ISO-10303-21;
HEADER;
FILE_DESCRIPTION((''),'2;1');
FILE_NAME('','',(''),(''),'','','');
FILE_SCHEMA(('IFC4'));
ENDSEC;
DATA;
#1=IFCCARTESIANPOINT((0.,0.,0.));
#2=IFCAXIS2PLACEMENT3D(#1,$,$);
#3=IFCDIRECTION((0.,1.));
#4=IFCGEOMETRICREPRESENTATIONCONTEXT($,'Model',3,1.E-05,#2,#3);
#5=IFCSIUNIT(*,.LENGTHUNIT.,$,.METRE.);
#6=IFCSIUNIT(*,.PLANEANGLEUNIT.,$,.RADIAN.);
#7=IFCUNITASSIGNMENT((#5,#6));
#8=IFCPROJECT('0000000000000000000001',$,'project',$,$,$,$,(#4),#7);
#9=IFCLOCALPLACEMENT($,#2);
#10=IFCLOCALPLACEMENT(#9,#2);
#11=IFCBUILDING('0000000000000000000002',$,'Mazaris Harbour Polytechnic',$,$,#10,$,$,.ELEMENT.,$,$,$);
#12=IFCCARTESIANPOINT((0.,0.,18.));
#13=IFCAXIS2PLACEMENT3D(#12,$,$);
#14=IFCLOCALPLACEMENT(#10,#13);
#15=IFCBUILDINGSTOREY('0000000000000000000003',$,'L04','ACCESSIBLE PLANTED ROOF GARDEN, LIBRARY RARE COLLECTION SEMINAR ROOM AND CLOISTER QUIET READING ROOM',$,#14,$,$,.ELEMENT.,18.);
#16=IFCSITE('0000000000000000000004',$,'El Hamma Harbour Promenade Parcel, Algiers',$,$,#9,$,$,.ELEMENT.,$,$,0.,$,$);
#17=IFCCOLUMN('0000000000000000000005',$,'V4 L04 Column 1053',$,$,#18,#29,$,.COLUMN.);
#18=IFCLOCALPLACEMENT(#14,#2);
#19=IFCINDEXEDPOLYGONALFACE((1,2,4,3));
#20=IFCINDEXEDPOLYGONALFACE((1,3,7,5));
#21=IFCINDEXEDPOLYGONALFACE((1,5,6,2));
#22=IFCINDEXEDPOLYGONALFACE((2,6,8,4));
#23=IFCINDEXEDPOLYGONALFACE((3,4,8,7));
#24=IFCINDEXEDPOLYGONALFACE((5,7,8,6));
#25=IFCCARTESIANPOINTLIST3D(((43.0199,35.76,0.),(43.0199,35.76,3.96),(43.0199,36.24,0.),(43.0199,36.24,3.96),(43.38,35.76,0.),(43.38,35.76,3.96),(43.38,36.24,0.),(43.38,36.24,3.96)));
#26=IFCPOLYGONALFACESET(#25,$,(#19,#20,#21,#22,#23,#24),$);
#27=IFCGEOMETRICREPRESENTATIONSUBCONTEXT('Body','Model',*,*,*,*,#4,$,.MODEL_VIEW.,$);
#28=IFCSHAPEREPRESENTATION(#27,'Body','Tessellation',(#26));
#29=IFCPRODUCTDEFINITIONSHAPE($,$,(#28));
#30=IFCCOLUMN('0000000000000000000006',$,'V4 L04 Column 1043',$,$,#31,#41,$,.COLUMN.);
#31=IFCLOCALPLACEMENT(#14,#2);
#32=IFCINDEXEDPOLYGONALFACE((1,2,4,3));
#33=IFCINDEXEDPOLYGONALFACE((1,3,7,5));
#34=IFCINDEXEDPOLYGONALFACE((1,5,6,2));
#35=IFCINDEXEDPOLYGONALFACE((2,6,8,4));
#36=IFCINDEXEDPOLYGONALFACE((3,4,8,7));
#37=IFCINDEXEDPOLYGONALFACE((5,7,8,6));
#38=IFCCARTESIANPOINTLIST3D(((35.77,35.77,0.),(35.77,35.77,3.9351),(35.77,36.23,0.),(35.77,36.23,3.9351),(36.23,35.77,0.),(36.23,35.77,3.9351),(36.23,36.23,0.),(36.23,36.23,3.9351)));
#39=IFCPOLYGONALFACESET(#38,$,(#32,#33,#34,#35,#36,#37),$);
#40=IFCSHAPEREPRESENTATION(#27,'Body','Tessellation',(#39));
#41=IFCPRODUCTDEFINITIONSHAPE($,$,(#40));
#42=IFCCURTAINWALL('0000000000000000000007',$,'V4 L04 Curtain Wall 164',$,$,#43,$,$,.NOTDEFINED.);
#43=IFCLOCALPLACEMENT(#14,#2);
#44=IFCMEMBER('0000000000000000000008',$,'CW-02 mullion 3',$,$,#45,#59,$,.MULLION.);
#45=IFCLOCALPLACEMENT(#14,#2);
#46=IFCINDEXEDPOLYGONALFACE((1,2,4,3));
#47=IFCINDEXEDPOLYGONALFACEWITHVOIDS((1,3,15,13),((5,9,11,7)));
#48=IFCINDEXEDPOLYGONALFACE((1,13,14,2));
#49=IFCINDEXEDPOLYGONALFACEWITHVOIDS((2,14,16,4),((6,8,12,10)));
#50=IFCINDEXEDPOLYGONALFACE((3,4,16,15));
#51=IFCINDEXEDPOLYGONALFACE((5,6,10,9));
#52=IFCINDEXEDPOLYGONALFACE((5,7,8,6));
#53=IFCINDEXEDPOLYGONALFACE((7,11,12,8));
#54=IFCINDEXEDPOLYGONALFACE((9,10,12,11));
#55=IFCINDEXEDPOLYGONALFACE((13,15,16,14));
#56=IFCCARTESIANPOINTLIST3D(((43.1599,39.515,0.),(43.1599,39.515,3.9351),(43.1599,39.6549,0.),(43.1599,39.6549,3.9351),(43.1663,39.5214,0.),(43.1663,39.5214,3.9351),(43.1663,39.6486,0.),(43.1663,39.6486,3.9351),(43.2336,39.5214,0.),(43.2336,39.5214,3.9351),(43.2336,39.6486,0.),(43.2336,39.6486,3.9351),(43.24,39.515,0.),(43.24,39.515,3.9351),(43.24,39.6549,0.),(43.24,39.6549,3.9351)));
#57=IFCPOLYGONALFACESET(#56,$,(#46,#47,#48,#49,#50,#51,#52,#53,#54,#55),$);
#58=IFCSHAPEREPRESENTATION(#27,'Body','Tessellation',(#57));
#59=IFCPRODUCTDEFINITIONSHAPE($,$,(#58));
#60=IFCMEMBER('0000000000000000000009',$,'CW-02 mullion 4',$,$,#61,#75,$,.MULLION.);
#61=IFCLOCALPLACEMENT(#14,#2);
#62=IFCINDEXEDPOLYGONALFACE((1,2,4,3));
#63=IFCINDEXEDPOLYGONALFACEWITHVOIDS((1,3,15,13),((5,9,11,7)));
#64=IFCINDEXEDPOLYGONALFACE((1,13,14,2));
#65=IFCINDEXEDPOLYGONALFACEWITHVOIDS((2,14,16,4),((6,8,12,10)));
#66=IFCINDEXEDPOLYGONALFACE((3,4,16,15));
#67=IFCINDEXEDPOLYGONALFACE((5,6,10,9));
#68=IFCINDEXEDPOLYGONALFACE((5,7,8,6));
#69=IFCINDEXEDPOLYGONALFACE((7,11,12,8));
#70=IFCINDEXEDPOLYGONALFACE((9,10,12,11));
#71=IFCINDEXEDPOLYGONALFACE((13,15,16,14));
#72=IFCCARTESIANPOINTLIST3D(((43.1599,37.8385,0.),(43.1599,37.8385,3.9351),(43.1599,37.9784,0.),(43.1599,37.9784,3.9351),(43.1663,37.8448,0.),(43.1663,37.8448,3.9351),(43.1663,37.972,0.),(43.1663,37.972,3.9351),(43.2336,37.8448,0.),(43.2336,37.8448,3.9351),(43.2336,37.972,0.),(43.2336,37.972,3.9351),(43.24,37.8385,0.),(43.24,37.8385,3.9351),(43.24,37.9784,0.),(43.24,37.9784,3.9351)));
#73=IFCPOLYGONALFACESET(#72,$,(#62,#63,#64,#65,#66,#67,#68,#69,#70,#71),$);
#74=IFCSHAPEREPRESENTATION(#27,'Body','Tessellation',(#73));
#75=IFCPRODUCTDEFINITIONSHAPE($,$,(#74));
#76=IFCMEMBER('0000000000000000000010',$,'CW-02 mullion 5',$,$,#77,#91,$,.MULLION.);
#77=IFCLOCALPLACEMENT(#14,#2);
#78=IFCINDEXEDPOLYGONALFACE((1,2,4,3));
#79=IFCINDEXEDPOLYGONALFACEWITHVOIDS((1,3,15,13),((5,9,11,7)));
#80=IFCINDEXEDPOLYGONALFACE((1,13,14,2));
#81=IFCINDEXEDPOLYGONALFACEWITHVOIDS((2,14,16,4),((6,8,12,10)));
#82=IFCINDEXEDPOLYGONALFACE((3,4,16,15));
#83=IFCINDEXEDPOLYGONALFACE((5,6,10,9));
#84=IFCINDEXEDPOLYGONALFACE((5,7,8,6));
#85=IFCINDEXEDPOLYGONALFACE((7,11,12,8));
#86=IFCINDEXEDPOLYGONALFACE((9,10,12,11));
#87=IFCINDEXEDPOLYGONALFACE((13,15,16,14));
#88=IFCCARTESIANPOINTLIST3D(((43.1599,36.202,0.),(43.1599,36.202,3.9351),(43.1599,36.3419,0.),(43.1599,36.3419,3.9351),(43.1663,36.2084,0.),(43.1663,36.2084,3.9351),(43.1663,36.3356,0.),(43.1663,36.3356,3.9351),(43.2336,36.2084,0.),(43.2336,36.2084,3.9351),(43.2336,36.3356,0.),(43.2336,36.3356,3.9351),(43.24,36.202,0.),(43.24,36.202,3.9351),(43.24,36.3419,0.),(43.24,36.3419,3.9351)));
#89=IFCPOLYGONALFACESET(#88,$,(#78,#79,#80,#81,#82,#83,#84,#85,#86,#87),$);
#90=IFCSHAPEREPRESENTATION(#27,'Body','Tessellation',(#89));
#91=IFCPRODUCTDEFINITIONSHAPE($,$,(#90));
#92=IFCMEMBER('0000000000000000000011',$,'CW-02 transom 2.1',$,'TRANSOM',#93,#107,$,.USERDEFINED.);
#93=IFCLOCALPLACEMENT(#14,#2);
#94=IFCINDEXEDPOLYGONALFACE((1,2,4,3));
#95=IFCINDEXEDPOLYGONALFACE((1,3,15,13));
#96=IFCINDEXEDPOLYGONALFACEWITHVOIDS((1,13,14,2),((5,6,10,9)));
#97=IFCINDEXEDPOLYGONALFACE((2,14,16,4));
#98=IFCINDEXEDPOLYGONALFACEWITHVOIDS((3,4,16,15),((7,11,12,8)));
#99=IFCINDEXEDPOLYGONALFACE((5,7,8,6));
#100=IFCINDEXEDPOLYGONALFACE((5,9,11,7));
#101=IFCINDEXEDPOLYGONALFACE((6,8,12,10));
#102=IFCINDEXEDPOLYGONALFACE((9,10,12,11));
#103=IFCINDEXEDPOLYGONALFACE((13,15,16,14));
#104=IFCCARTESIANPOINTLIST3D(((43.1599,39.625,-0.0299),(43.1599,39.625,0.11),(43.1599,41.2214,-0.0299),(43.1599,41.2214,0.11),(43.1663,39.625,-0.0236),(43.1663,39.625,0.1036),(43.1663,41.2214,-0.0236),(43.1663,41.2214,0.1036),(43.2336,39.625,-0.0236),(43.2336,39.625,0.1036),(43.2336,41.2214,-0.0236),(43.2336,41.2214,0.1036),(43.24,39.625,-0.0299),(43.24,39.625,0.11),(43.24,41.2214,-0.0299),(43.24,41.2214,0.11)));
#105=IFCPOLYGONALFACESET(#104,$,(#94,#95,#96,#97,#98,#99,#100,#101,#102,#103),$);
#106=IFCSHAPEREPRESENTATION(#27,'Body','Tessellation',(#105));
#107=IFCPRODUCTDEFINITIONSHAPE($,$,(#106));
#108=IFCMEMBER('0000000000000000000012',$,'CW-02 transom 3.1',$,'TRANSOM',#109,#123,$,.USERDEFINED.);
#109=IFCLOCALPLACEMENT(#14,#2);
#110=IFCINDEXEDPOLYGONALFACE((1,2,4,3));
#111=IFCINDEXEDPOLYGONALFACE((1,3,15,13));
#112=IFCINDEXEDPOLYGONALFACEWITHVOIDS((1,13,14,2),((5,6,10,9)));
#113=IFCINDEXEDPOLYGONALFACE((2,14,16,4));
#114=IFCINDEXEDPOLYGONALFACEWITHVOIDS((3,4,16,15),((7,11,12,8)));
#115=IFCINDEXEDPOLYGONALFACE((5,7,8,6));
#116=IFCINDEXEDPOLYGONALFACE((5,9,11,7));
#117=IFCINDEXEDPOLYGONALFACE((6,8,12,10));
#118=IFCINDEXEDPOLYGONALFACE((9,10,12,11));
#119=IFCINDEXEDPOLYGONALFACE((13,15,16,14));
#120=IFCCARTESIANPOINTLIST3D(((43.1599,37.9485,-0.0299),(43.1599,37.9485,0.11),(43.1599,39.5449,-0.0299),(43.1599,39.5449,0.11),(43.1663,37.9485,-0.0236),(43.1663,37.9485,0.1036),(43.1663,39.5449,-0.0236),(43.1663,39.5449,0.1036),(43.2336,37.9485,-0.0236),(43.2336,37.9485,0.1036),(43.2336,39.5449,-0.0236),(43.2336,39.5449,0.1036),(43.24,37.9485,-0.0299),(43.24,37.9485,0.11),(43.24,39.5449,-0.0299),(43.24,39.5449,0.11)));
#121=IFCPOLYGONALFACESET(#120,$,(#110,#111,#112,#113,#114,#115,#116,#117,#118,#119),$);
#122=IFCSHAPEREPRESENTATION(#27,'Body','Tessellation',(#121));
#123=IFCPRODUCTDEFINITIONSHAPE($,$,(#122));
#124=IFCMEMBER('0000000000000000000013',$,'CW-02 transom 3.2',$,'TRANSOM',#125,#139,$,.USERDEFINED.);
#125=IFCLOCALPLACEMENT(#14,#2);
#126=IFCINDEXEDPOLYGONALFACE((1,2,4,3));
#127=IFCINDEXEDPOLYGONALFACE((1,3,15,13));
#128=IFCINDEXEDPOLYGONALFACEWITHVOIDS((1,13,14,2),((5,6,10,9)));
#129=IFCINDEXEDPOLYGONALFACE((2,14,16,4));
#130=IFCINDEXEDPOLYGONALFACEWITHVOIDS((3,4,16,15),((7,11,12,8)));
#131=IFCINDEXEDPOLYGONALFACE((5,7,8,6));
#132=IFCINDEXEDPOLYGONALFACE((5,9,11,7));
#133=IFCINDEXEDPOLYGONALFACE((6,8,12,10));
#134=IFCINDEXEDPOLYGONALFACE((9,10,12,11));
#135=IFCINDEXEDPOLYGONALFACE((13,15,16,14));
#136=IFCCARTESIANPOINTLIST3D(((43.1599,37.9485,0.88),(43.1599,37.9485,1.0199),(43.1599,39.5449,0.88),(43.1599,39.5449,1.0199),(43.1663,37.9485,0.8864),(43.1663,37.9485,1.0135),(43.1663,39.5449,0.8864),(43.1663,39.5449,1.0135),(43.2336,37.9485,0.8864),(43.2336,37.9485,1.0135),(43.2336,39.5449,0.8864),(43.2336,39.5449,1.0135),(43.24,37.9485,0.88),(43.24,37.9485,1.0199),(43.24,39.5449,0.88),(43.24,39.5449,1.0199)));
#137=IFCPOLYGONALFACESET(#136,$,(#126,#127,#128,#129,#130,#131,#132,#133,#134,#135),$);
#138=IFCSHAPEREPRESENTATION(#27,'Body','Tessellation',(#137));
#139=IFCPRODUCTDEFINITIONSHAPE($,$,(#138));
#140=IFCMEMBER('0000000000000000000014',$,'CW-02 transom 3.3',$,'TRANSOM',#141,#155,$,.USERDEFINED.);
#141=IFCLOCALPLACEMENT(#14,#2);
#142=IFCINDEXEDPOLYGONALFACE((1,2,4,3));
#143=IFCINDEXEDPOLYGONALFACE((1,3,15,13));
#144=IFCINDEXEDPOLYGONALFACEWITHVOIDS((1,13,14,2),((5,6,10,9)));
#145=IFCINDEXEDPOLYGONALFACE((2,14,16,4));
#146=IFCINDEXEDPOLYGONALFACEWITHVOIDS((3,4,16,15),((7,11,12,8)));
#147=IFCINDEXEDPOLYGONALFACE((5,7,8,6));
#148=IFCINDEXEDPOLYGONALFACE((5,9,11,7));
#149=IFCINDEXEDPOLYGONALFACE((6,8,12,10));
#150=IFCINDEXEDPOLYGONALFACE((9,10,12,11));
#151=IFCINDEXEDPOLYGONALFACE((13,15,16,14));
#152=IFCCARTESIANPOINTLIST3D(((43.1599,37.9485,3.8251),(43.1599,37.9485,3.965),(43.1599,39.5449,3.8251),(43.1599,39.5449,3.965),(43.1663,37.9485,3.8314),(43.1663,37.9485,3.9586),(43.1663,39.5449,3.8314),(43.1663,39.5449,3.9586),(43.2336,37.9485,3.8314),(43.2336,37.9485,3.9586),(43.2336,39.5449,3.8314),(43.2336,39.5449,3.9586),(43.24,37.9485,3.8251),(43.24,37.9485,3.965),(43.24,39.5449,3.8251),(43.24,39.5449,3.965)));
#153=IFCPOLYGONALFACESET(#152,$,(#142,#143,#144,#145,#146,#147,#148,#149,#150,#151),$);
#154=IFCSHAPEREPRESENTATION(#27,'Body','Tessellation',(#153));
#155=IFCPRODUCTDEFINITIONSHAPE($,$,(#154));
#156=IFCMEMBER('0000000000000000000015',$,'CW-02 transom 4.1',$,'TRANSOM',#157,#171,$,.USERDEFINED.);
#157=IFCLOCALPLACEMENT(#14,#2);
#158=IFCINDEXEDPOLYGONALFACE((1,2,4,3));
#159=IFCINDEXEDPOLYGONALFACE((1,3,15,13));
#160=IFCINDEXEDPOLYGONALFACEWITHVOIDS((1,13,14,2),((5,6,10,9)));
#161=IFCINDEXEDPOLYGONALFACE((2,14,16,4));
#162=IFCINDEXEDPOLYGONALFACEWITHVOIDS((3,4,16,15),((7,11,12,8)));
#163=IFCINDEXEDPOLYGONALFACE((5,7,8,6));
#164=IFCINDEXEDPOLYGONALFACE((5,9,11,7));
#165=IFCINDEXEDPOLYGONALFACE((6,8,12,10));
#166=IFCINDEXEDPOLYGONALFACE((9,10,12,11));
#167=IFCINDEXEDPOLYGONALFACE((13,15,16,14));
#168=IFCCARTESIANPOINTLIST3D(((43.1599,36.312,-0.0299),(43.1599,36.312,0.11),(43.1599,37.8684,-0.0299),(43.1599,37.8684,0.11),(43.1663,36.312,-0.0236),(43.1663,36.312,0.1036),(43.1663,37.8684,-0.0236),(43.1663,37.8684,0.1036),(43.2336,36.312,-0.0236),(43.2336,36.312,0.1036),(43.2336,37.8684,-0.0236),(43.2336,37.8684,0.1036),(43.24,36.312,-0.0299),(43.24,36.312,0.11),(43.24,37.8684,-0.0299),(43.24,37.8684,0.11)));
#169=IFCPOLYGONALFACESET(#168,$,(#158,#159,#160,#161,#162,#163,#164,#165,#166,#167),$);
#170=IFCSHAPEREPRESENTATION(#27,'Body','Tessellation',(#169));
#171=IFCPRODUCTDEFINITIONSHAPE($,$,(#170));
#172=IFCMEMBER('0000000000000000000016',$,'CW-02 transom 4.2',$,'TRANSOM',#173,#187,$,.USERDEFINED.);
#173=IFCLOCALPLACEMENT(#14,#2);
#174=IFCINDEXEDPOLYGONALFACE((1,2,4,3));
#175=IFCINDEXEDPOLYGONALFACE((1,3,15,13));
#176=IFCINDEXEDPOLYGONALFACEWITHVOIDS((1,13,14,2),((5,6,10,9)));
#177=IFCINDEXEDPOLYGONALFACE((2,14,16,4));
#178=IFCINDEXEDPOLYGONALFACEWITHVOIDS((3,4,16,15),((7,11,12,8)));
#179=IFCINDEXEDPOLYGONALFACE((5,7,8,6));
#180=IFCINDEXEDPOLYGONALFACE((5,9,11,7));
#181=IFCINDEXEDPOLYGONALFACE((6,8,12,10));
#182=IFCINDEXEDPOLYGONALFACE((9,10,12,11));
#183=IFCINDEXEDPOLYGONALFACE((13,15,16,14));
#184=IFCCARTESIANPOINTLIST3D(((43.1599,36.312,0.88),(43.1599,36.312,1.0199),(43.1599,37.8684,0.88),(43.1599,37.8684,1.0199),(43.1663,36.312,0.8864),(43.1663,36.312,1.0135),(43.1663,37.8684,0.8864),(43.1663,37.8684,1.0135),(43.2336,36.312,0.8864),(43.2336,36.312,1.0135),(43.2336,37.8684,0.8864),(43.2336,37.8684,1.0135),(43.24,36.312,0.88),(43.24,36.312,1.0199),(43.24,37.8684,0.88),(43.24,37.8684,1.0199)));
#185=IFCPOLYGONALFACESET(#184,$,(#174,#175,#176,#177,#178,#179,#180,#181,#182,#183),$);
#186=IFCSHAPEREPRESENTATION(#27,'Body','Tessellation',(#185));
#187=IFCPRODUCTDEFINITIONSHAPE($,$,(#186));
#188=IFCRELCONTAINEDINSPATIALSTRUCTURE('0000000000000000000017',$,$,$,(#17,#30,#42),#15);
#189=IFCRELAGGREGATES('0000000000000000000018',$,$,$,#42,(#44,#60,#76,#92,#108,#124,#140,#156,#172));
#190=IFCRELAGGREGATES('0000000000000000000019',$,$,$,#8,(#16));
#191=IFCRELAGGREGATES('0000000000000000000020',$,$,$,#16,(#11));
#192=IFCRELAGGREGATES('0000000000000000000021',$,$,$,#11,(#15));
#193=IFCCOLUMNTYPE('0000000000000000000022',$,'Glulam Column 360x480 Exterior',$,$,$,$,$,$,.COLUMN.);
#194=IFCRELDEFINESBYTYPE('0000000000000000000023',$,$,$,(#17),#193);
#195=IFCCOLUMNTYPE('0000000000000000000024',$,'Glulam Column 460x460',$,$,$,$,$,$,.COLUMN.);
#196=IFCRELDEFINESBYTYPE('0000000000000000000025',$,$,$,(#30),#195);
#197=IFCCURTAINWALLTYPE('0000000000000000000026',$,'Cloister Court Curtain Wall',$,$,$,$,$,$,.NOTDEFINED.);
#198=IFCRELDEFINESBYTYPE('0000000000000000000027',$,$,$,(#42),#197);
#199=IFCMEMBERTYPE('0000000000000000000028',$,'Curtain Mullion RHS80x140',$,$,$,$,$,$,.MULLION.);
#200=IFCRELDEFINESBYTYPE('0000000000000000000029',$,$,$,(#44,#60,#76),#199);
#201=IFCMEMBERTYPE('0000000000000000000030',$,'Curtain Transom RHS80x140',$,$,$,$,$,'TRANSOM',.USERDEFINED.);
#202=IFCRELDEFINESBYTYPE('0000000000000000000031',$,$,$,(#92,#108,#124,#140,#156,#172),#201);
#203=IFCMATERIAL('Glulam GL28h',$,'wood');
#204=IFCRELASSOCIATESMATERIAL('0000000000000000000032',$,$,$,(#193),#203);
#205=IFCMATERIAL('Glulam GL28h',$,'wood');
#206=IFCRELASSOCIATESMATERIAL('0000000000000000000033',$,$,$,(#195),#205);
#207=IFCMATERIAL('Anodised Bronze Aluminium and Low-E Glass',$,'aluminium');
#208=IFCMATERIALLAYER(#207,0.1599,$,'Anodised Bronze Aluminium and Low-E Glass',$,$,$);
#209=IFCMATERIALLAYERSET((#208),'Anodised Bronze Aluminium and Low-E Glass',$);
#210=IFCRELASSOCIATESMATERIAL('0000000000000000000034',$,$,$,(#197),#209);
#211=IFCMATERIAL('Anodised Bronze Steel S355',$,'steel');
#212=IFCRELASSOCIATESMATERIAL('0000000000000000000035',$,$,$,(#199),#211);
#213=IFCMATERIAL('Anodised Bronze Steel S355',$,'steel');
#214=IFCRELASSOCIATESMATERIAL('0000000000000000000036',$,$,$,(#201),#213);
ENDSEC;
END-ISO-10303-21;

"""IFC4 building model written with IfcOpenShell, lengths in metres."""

from ifc_helpers import new_model, si_unit, direction, frame, origin, origin_2d, place, context, subcontext, project, spatial, rectangle, hollow_rectangle, extrude, material, layer, layer_set, material_profile, profile_set, type_object, element, aggregate, save


model = new_model("IFC4")

# Units and contexts
model_context = context("Model", 3, precision=1e-05, world=origin(), true_north=direction((0.0, 1.0)))
body_context = subcontext(model_context, "Body", "Model", "MODEL_VIEW")
ifc_project = project(units=[si_unit("LENGTHUNIT", "METRE"), si_unit("PLANEANGLEUNIT", "RADIAN")], contexts=[model_context])

# Site, building, storey
site_placement = place(None, origin())
site = spatial("IfcSite", under=ifc_project, at=site_placement, Name="El Hamma Harbour Promenade Parcel, Algiers", CompositionType="ELEMENT", RefElevation=0.0)
building_placement = place(site_placement, origin())
building = spatial("IfcBuilding", under=site, at=building_placement, Name="Mazaris Harbour Polytechnic", CompositionType="ELEMENT")
storey_placement = place(building_placement, frame((0.0, 0.0, 18.0)))
storey = spatial("IfcBuildingStorey", under=building, at=storey_placement, Name="L04", Description="ACCESSIBLE PLANTED ROOF GARDEN, LIBRARY RARE COLLECTION SEMINAR ROOM AND CLOISTER QUIET READING ROOM", CompositionType="ELEMENT", Elevation=18.0)

# Columns
ifc_material_1 = material(Name="Glulam GL28h", Category="wood")
ifc_material_profile_1 = material_profile(ifc_material_1, rectangle(XDim=0.3601, YDim=0.48, at=origin_2d()), Name="RECT360x480")
ifc_profile_set_1 = profile_set([ifc_material_profile_1], Name="Glulam GL28h")
column_type_1 = type_object("IfcColumnType", Name="Glulam Column 360x480 Exterior", PredefinedType="COLUMN", material=ifc_profile_set_1)
column_1_placement = place(storey_placement, frame((43.2, 36.0, 0.0), z_axis=(0.0, 0.0, 1.0), x_axis=(1.0, 0.0, 0.0)))
element("IfcColumn", 1, at=column_1_placement, inside=storey, type_object=column_type_1, Name="V4 L04 Column 1053", PredefinedType="COLUMN", context=body_context, shape_type="SweptSolid", body=[
    extrude(rectangle(XDim=0.3601, YDim=0.48, at=origin_2d()), origin(), (0.0, 0.0, 1.0), 3.96),
])
ifc_material_2 = material(Name="Glulam GL28h", Category="wood")
ifc_material_profile_2 = material_profile(ifc_material_2, rectangle(XDim=0.46, YDim=0.46, at=origin_2d()), Name="RECT460x460")
ifc_profile_set_2 = profile_set([ifc_material_profile_2], Name="Glulam GL28h")
column_type_2 = type_object("IfcColumnType", Name="Glulam Column 460x460", PredefinedType="COLUMN", material=ifc_profile_set_2)
column_2_placement = place(storey_placement, frame((36.0, 36.0, 0.0), z_axis=(0.0, 0.0, 1.0), x_axis=(1.0, 0.0, 0.0)))
element("IfcColumn", 2, at=column_2_placement, inside=storey, type_object=column_type_2, Name="V4 L04 Column 1043", PredefinedType="COLUMN", context=body_context, shape_type="SweptSolid", body=[
    extrude(rectangle(XDim=0.46, YDim=0.46, at=origin_2d()), origin(), (0.0, 0.0, 1.0), 3.9351),
])

# Curtain wall, members
ifc_material_3 = material(Name="Anodised Bronze Aluminium and Low-E Glass", Category="aluminium")
ifc_layer_1 = layer(ifc_material_3, 0.1599, Name="Anodised Bronze Aluminium and Low-E Glass")
ifc_layer_set_1 = layer_set([ifc_layer_1], Name="Anodised Bronze Aluminium and Low-E Glass")
curtain_wall_type = type_object("IfcCurtainWallType", Name="Cloister Court Curtain Wall", PredefinedType="NOTDEFINED", material=ifc_layer_set_1)
curtain_wall_placement = place(storey_placement, origin())
curtain_wall = element("IfcCurtainWall", 3, at=curtain_wall_placement, inside=storey, type_object=curtain_wall_type, Name="V4 L04 Curtain Wall 164", PredefinedType="NOTDEFINED")
ifc_material_4 = material(Name="Anodised Bronze Steel S355", Category="steel")
ifc_material_profile_3 = material_profile(ifc_material_4, hollow_rectangle(XDim=0.0801, YDim=0.1399, WallThickness=0.0063, at=origin_2d()), Name="RHS 80x140x6.3")
ifc_profile_set_3 = profile_set([ifc_material_profile_3], Name="Anodised Bronze Steel S355")
member_type_1 = type_object("IfcMemberType", Name="Curtain Mullion RHS80x140", PredefinedType="MULLION", material=ifc_profile_set_3)
member_1_placement = place(storey_placement, frame((43.2, 39.585, 0.0), z_axis=(0.0, 0.0, 1.0), x_axis=(1.0, 0.0, 0.0)))
member_1 = element("IfcMember", 4, at=member_1_placement, type_object=member_type_1, Name="CW-02 mullion 3", PredefinedType="MULLION", context=body_context, shape_type="SweptSolid", body=[
    extrude(hollow_rectangle(XDim=0.0801, YDim=0.1399, WallThickness=0.0063, at=origin_2d()), origin(), (0.0, 0.0, 1.0), 3.9351),
])
member_2_placement = place(storey_placement, frame((43.2, 37.9084, 0.0), z_axis=(0.0, 0.0, 1.0), x_axis=(1.0, 0.0, 0.0)))
member_2 = element("IfcMember", 5, at=member_2_placement, type_object=member_type_1, Name="CW-02 mullion 4", PredefinedType="MULLION", context=body_context, shape_type="SweptSolid", body=[
    extrude(hollow_rectangle(XDim=0.0801, YDim=0.1399, WallThickness=0.0063, at=origin_2d()), origin(), (0.0, 0.0, 1.0), 3.9351),
])
member_3_placement = place(storey_placement, frame((43.2, 36.272, 0.0), z_axis=(0.0, 0.0, 1.0), x_axis=(1.0, 0.0, 0.0)))
member_3 = element("IfcMember", 6, at=member_3_placement, type_object=member_type_1, Name="CW-02 mullion 5", PredefinedType="MULLION", context=body_context, shape_type="SweptSolid", body=[
    extrude(hollow_rectangle(XDim=0.0801, YDim=0.1399, WallThickness=0.0063, at=origin_2d()), origin(), (0.0, 0.0, 1.0), 3.9351),
])
ifc_material_5 = material(Name="Anodised Bronze Steel S355", Category="steel")
ifc_material_profile_4 = material_profile(ifc_material_5, hollow_rectangle(XDim=0.0801, YDim=0.1399, WallThickness=0.0063, at=origin_2d()), Name="RHS 80x140x6.3")
ifc_profile_set_4 = profile_set([ifc_material_profile_4], Name="Anodised Bronze Steel S355")
member_type_2 = type_object("IfcMemberType", Name="Curtain Transom RHS80x140", ElementType="TRANSOM", PredefinedType="USERDEFINED", material=ifc_profile_set_4)
member_4_placement = place(storey_placement, frame((43.2, 41.2214, 0.04), z_axis=(0.0, -1.0, 0.0), x_axis=(1.0, 0.0, 0.0)))
member_4 = element("IfcMember", 7, at=member_4_placement, type_object=member_type_2, Name="CW-02 transom 2.1", ObjectType="TRANSOM", PredefinedType="USERDEFINED", context=body_context, shape_type="SweptSolid", body=[
    extrude(hollow_rectangle(XDim=0.0801, YDim=0.1399, WallThickness=0.0063, at=origin_2d()), origin(), (0.0, 0.0, 1.0), 1.5964),
])
member_5_placement = place(storey_placement, frame((43.2, 39.5449, 0.04), z_axis=(0.0, -1.0, 0.0), x_axis=(1.0, 0.0, 0.0)))
member_5 = element("IfcMember", 8, at=member_5_placement, type_object=member_type_2, Name="CW-02 transom 3.1", ObjectType="TRANSOM", PredefinedType="USERDEFINED", context=body_context, shape_type="SweptSolid", body=[
    extrude(hollow_rectangle(XDim=0.0801, YDim=0.1399, WallThickness=0.0063, at=origin_2d()), origin(), (0.0, 0.0, 1.0), 1.5964),
])
member_6_placement = place(storey_placement, frame((43.2, 39.5449, 0.95), z_axis=(0.0, -1.0, 0.0), x_axis=(1.0, 0.0, 0.0)))
member_6 = element("IfcMember", 9, at=member_6_placement, type_object=member_type_2, Name="CW-02 transom 3.2", ObjectType="TRANSOM", PredefinedType="USERDEFINED", context=body_context, shape_type="SweptSolid", body=[
    extrude(hollow_rectangle(XDim=0.0801, YDim=0.1399, WallThickness=0.0063, at=origin_2d()), origin(), (0.0, 0.0, 1.0), 1.5964),
])
member_7_placement = place(storey_placement, frame((43.2, 39.5449, 3.895), z_axis=(0.0, -1.0, 0.0), x_axis=(1.0, 0.0, 0.0)))
member_7 = element("IfcMember", 10, at=member_7_placement, type_object=member_type_2, Name="CW-02 transom 3.3", ObjectType="TRANSOM", PredefinedType="USERDEFINED", context=body_context, shape_type="SweptSolid", body=[
    extrude(hollow_rectangle(XDim=0.0801, YDim=0.1399, WallThickness=0.0063, at=origin_2d()), origin(), (0.0, 0.0, 1.0), 1.5964),
])
member_8_placement = place(storey_placement, frame((43.2, 37.8684, 0.04), z_axis=(0.0, -1.0, 0.0), x_axis=(1.0, 0.0, 0.0)))
member_8 = element("IfcMember", 11, at=member_8_placement, type_object=member_type_2, Name="CW-02 transom 4.1", ObjectType="TRANSOM", PredefinedType="USERDEFINED", context=body_context, shape_type="SweptSolid", body=[
    extrude(hollow_rectangle(XDim=0.0801, YDim=0.1399, WallThickness=0.0063, at=origin_2d()), origin(), (0.0, 0.0, 1.0), 1.5564),
])
member_9_placement = place(storey_placement, frame((43.2, 37.8684, 0.95), z_axis=(0.0, -1.0, 0.0), x_axis=(1.0, 0.0, 0.0)))
member_9 = element("IfcMember", 12, at=member_9_placement, type_object=member_type_2, Name="CW-02 transom 4.2", ObjectType="TRANSOM", PredefinedType="USERDEFINED", context=body_context, shape_type="SweptSolid", body=[
    extrude(hollow_rectangle(XDim=0.0801, YDim=0.1399, WallThickness=0.0063, at=origin_2d()), origin(), (0.0, 0.0, 1.0), 1.5564),
])

aggregate(curtain_wall, [member_1, member_2, member_3, member_4, member_5, member_6, member_7, member_8, member_9])

save(model, "model.ifc")
